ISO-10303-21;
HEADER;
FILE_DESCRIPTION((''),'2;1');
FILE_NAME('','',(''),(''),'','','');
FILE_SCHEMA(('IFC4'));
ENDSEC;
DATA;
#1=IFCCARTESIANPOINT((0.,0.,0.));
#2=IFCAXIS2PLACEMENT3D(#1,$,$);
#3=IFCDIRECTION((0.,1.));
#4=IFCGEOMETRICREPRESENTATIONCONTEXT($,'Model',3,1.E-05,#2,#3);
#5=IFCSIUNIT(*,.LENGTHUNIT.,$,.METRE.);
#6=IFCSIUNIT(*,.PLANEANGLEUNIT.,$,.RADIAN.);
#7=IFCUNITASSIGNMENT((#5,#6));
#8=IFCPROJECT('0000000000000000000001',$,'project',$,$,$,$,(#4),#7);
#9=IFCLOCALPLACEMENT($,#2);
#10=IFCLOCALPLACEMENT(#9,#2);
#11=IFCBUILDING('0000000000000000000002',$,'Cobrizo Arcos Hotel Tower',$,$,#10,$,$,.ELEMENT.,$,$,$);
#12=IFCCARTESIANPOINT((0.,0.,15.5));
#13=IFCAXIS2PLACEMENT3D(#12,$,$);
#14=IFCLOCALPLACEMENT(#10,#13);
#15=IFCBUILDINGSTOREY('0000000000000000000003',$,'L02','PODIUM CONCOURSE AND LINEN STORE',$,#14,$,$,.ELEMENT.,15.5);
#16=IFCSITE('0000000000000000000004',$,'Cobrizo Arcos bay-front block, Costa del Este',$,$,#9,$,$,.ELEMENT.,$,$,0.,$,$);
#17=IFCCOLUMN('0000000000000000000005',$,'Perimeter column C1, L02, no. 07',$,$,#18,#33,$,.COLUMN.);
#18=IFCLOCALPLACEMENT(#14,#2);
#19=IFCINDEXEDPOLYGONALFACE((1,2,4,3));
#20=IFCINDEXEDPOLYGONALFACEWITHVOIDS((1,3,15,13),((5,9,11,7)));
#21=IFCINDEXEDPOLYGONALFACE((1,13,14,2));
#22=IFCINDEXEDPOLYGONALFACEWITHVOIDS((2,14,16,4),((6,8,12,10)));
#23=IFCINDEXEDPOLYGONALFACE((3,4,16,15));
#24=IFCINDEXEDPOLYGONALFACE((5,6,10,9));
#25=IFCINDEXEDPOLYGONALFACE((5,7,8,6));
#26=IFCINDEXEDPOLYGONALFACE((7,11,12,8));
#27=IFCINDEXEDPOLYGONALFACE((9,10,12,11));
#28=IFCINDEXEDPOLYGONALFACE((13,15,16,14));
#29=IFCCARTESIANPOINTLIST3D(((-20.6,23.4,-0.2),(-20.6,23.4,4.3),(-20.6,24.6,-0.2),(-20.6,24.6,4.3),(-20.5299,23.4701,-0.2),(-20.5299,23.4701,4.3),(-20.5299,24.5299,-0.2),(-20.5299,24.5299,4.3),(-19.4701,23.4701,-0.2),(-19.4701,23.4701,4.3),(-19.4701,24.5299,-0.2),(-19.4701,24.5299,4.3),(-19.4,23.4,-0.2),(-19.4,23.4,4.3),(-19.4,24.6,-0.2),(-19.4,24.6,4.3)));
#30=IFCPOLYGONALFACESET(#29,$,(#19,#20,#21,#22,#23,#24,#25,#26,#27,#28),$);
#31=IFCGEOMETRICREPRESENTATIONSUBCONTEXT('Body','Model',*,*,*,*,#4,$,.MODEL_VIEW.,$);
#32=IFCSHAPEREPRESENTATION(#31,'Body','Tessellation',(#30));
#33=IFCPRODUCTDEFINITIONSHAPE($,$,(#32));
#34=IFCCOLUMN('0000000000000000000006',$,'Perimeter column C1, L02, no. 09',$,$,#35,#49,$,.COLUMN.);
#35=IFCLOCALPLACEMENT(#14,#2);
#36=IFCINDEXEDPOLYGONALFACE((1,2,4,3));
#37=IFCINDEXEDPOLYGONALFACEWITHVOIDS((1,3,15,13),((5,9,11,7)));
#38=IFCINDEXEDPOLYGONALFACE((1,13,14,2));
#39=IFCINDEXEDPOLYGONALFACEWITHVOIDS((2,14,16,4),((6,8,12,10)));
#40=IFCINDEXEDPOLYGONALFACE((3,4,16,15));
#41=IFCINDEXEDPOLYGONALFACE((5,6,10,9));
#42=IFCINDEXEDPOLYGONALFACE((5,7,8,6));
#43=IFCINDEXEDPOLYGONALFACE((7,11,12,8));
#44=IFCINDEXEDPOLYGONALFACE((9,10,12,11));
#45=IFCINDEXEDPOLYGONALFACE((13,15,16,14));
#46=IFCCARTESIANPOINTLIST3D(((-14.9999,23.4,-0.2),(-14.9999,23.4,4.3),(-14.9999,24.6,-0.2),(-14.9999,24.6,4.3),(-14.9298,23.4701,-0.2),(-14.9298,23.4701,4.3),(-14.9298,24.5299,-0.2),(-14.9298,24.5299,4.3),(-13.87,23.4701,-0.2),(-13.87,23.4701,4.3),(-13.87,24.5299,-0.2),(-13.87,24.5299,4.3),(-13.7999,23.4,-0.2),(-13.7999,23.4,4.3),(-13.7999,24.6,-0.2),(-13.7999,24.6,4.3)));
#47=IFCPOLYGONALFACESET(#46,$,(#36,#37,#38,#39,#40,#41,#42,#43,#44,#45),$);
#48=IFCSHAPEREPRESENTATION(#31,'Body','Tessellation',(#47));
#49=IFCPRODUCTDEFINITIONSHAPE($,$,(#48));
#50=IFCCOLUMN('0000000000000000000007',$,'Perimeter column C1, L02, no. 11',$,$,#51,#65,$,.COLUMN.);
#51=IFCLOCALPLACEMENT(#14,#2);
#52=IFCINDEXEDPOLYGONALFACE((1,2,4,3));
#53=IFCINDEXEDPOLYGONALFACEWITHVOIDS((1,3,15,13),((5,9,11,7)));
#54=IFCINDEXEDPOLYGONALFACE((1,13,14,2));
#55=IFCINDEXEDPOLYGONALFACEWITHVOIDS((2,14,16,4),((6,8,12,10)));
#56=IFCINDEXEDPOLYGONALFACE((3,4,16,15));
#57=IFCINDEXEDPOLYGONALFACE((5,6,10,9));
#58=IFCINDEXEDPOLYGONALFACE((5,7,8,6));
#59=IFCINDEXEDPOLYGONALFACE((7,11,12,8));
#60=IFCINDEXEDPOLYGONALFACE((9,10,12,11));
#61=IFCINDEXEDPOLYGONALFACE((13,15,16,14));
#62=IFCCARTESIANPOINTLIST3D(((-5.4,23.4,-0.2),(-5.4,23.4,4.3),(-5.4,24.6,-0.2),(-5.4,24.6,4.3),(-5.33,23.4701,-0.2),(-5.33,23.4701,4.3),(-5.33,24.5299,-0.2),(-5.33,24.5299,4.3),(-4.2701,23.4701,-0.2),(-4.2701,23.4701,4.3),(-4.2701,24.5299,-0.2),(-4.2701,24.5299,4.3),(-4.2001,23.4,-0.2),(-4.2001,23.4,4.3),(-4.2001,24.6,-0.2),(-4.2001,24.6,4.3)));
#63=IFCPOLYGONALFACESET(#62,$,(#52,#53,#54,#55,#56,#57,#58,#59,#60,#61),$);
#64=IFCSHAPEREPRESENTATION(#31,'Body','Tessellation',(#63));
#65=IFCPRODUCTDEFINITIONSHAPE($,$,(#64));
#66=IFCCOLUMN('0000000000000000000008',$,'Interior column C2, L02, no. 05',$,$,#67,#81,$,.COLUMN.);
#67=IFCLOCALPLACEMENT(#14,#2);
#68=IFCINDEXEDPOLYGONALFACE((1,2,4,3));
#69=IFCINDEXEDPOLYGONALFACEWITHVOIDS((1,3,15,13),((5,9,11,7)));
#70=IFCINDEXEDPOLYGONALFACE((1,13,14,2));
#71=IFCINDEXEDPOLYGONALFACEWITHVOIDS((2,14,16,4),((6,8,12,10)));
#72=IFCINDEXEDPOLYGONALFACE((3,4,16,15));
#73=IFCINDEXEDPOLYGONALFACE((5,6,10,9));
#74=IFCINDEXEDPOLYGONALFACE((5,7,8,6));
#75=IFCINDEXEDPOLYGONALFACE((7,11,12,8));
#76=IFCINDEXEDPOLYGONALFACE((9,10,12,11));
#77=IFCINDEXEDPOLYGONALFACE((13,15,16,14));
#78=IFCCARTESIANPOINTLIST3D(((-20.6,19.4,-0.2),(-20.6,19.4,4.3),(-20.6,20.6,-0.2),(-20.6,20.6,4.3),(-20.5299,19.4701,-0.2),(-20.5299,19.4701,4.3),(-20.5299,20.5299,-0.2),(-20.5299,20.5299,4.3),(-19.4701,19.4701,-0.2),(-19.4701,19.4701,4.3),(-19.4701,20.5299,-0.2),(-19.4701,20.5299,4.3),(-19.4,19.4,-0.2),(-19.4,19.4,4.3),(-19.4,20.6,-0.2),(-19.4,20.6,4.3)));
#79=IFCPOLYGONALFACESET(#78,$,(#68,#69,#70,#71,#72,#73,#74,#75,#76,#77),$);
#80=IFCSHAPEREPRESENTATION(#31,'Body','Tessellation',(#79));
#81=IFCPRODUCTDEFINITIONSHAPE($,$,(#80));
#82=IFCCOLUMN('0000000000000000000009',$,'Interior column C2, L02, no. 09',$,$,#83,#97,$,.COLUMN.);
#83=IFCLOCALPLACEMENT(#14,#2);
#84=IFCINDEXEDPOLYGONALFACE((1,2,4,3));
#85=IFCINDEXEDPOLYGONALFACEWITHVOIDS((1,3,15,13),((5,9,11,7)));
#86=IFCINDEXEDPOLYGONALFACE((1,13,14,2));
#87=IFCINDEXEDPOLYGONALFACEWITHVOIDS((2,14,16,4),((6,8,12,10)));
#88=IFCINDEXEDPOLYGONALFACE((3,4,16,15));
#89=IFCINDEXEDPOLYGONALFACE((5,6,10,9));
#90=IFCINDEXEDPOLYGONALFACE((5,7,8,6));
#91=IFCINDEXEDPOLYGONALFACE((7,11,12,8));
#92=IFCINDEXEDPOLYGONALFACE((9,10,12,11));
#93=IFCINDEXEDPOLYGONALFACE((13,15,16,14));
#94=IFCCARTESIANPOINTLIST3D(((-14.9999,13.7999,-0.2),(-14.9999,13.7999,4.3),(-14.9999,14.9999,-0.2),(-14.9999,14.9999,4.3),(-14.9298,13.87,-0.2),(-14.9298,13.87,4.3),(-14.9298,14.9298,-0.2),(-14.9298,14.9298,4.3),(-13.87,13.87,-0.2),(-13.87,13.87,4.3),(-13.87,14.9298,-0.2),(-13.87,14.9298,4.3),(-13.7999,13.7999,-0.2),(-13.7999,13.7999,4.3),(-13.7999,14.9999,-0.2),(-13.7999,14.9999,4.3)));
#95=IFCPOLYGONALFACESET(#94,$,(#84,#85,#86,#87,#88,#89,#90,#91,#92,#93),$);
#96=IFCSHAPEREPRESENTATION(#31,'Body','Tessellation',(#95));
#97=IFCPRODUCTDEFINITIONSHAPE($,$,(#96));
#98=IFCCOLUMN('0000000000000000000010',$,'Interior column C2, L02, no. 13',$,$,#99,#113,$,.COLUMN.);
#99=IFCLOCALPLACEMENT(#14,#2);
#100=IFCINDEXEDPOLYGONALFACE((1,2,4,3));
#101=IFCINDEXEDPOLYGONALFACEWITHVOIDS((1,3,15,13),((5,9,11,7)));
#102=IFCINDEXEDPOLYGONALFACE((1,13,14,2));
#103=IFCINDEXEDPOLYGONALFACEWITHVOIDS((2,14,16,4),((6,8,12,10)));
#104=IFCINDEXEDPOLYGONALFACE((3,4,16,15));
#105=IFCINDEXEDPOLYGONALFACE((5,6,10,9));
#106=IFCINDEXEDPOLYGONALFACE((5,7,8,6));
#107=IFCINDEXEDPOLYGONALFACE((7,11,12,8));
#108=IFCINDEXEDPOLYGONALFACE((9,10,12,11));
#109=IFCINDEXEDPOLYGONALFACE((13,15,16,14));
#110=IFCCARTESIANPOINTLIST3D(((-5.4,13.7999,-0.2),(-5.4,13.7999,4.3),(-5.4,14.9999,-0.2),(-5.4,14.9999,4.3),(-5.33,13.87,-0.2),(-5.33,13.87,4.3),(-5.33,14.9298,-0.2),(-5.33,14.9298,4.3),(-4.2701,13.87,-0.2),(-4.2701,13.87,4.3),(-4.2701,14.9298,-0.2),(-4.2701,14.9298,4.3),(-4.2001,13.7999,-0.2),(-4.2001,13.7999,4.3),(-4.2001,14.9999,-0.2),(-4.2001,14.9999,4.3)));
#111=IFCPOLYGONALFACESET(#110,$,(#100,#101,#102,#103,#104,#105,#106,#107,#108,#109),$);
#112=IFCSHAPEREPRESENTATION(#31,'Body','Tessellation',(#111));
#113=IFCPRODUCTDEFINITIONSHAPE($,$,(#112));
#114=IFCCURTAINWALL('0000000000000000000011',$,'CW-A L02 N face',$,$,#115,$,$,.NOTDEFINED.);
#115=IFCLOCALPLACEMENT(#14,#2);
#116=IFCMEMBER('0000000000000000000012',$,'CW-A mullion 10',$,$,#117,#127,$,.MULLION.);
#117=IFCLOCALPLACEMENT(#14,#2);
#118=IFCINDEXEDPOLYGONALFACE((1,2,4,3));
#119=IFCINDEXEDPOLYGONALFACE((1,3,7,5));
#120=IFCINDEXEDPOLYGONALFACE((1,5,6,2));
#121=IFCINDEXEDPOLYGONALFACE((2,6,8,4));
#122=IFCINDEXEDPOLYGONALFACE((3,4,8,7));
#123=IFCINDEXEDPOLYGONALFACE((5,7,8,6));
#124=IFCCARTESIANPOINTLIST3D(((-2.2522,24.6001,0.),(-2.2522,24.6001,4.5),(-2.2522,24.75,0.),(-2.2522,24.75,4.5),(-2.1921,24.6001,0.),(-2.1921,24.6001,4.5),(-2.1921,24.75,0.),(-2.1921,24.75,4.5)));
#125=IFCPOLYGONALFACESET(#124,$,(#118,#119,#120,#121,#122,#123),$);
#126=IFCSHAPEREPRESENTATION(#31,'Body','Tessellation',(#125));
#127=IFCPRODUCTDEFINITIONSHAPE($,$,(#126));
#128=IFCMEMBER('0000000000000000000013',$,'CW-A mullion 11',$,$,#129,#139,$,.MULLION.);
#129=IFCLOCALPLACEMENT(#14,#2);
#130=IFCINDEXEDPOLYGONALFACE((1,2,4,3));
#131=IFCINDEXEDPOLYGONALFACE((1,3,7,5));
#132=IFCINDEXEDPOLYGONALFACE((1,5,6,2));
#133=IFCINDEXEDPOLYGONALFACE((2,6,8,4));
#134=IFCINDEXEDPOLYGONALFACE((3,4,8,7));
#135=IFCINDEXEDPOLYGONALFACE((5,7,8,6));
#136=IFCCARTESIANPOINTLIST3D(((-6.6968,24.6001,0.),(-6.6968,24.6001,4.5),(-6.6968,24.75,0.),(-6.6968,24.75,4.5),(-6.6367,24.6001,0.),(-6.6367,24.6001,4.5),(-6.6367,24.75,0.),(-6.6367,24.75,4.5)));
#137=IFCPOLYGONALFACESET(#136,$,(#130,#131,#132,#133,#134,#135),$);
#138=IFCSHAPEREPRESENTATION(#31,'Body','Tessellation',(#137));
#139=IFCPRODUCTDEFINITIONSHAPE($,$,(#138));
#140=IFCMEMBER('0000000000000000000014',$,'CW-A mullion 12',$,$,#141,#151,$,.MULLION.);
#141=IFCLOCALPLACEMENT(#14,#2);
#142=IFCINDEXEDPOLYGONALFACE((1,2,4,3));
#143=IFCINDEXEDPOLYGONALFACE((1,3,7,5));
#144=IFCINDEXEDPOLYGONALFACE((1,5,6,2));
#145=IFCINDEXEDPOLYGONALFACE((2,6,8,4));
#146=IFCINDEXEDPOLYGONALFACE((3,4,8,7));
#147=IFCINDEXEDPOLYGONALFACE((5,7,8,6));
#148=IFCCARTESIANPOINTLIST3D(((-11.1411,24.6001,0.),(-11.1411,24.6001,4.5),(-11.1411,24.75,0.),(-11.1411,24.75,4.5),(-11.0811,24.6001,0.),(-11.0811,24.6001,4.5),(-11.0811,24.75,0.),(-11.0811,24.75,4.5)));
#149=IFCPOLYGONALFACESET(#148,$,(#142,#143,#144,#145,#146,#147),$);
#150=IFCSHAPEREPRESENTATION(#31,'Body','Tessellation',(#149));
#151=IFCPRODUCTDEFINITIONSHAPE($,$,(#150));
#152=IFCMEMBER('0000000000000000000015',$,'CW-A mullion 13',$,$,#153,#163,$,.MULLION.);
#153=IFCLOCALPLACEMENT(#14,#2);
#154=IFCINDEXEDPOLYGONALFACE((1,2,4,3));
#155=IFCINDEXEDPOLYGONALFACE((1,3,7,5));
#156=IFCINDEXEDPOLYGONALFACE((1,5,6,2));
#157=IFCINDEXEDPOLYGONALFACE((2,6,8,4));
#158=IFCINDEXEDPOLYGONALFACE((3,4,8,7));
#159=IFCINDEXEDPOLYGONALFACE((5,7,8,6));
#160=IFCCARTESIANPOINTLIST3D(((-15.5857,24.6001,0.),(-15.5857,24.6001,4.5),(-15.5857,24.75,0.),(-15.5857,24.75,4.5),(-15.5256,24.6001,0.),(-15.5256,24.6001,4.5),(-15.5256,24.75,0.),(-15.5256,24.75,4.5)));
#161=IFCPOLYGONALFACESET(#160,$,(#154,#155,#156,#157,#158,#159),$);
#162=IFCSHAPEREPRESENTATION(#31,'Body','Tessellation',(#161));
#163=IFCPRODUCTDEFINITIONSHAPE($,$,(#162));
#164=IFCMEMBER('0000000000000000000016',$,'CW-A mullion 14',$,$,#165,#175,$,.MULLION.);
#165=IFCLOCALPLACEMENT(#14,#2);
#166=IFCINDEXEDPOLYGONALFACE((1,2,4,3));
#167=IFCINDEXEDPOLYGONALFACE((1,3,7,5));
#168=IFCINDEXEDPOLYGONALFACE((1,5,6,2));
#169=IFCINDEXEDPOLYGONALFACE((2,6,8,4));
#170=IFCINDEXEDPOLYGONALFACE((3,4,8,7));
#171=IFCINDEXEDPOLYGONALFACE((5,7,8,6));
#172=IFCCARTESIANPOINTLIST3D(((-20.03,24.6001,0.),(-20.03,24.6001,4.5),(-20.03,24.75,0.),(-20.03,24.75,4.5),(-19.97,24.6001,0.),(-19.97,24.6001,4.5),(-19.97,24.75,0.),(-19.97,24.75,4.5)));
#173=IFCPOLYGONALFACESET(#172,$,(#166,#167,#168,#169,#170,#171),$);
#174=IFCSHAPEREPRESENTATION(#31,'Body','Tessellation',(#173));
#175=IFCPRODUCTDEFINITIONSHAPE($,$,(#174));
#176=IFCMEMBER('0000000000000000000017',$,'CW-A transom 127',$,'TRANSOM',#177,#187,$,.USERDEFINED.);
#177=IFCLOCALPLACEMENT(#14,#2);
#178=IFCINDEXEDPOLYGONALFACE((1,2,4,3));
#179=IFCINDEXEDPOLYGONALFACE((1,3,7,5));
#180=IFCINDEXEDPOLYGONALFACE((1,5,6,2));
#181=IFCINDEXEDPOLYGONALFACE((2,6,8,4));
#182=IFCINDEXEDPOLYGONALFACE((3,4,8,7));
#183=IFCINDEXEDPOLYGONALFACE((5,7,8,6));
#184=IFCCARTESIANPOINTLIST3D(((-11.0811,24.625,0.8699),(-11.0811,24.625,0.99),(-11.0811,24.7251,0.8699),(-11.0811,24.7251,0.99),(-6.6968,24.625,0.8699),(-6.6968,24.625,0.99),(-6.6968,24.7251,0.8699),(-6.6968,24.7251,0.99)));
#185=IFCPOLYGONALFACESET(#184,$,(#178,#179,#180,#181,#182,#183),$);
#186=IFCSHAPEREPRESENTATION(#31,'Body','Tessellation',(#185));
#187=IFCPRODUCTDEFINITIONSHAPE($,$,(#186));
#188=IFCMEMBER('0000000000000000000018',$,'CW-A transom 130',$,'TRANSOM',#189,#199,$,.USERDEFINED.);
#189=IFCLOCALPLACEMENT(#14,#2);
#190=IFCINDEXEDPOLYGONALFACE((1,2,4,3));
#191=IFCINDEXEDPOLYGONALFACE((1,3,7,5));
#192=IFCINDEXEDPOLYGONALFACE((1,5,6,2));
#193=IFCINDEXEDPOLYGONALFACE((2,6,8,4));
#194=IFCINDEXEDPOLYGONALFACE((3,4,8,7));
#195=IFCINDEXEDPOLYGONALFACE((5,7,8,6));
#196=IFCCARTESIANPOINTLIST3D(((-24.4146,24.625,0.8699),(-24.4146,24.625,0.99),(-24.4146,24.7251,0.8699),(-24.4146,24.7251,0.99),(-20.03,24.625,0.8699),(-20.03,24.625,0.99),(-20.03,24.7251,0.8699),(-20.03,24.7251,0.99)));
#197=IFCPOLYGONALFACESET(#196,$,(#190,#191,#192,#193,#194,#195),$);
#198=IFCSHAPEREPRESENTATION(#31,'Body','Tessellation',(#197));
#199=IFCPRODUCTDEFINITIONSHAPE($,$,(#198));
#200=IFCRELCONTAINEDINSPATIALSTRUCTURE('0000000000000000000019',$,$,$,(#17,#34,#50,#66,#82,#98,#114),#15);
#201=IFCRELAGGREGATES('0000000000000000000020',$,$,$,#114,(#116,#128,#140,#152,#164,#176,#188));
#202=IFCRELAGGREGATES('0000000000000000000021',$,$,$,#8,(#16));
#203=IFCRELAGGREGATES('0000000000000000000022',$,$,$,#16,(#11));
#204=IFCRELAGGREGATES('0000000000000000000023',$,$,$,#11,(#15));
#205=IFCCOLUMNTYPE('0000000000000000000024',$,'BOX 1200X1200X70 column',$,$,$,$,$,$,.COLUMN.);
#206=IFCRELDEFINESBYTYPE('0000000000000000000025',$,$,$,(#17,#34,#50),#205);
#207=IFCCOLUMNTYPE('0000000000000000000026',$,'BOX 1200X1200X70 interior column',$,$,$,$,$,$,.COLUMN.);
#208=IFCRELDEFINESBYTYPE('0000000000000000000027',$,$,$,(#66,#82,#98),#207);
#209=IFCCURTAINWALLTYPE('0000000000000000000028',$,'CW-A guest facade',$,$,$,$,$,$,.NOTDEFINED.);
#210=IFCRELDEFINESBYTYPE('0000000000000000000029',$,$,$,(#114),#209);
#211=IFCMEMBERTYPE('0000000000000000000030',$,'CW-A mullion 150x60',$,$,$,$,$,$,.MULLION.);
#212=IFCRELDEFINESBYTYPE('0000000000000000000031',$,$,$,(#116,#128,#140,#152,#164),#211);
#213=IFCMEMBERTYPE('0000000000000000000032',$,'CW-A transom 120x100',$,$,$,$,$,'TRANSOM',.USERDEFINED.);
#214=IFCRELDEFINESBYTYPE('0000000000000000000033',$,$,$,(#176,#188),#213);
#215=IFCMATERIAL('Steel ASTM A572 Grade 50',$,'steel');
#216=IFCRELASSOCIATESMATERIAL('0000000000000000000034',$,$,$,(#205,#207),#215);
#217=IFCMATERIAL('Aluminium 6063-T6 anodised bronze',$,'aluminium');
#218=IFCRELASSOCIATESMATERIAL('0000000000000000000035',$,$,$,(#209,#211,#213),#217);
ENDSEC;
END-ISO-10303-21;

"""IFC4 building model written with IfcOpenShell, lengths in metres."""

from ifc_helpers import new_model, si_unit, direction, frame, origin, origin_2d, place, context, subcontext, project, spatial, rectangle, hollow_rectangle, extrude, material, material_profile, profile_set, type_object, element, aggregate, save


model = new_model("IFC4")

# Units and contexts
model_context = context("Model", 3, precision=1e-05, world=origin(), true_north=direction((0.0, 1.0)))
body_context = subcontext(model_context, "Body", "Model", "MODEL_VIEW")
ifc_project = project(units=[si_unit("LENGTHUNIT", "METRE"), si_unit("PLANEANGLEUNIT", "RADIAN")], contexts=[model_context])

# Site, building, storey
site_placement = place(None, origin())
site = spatial("IfcSite", under=ifc_project, at=site_placement, Name="Cobrizo Arcos bay-front block, Costa del Este", CompositionType="ELEMENT", RefElevation=0.0)
building_placement = place(site_placement, origin())
building = spatial("IfcBuilding", under=site, at=building_placement, Name="Cobrizo Arcos Hotel Tower", CompositionType="ELEMENT")
storey_placement = place(building_placement, frame((0.0, 0.0, 15.5)))
storey = spatial("IfcBuildingStorey", under=building, at=storey_placement, Name="L02", Description="PODIUM CONCOURSE AND LINEN STORE", CompositionType="ELEMENT", Elevation=15.5)

# Columns
ifc_material_1 = material(Name="Steel ASTM A572 Grade 50", Category="steel")
ifc_material_profile_1 = material_profile(ifc_material_1, hollow_rectangle(XDim=1.2, YDim=1.2, WallThickness=0.0701, at=origin_2d()), Name="BOX 1200X1200X70")
ifc_profile_set_1 = profile_set([ifc_material_profile_1], Name="Steel ASTM A572 Grade 50")
column_type_1 = type_object("IfcColumnType", Name="BOX 1200X1200X70 column", PredefinedType="COLUMN", material=ifc_profile_set_1)
for number, where, z_axis, x_axis, name in (
    (1, (-20.0, 24.0, -0.2), (0.0, 0.0, 1.0), (1.0, 0.0, 0.0), "Perimeter column C1, L02, no. 07"),
    (2, (-14.3999, 24.0, -0.2), (0.0, 0.0, 1.0), (1.0, 0.0, 0.0), "Perimeter column C1, L02, no. 09"),
    (3, (-4.8, 24.0, -0.2), (0.0, 0.0, 1.0), (1.0, 0.0, 0.0), "Perimeter column C1, L02, no. 11"),
):
    element("IfcColumn", number, at=place(storey_placement, frame(where, z_axis=z_axis, x_axis=x_axis)), inside=storey, type_object=column_type_1, Name=name, PredefinedType="COLUMN", context=body_context, shape_type="SweptSolid", body=[
        extrude(hollow_rectangle(XDim=1.2, YDim=1.2, WallThickness=0.0701, at=origin_2d()), origin(), (0.0, 0.0, 1.0), 4.5),
    ])
ifc_material_profile_2 = material_profile(ifc_material_1, hollow_rectangle(XDim=1.2, YDim=1.2, WallThickness=0.0701, at=origin_2d()), Name="BOX 1200X1200X70")
ifc_profile_set_2 = profile_set([ifc_material_profile_2], Name="Steel ASTM A572 Grade 50")
column_type_2 = type_object("IfcColumnType", Name="BOX 1200X1200X70 interior column", PredefinedType="COLUMN", material=ifc_profile_set_2)
for number, where, z_axis, x_axis, name in (
    (4, (-20.0, 20.0, -0.2), (0.0, 0.0, 1.0), (1.0, 0.0, 0.0), "Interior column C2, L02, no. 05"),
    (5, (-14.3999, 14.3999, -0.2), (0.0, 0.0, 1.0), (1.0, 0.0, 0.0), "Interior column C2, L02, no. 09"),
    (6, (-4.8, 14.3999, -0.2), (0.0, 0.0, 1.0), (1.0, 0.0, 0.0), "Interior column C2, L02, no. 13"),
):
    element("IfcColumn", number, at=place(storey_placement, frame(where, z_axis=z_axis, x_axis=x_axis)), inside=storey, type_object=column_type_2, Name=name, PredefinedType="COLUMN", context=body_context, shape_type="SweptSolid", body=[
        extrude(hollow_rectangle(XDim=1.2, YDim=1.2, WallThickness=0.0701, at=origin_2d()), origin(), (0.0, 0.0, 1.0), 4.5),
    ])

# Curtain wall, members
ifc_material_2 = material(Name="Aluminium 6063-T6 anodised bronze", Category="aluminium")
curtain_wall_type = type_object("IfcCurtainWallType", Name="CW-A guest facade", PredefinedType="NOTDEFINED", material=ifc_material_2)
curtain_wall_placement = place(storey_placement, origin())
curtain_wall = element("IfcCurtainWall", 7, at=curtain_wall_placement, inside=storey, type_object=curtain_wall_type, Name="CW-A L02 N face", PredefinedType="NOTDEFINED")
ifc_material_profile_3 = material_profile(ifc_material_2, rectangle(XDim=0.1499, YDim=0.0601, at=origin_2d()), Name="CW-A mullion 150x60")
ifc_profile_set_3 = profile_set([ifc_material_profile_3], Name="Aluminium 6063-T6 anodised bronze")
member_type_1 = type_object("IfcMemberType", Name="CW-A mullion 150x60", PredefinedType="MULLION", material=ifc_profile_set_3)
member_1_placement = place(storey_placement, frame((-2.2222, 24.675, 0.0), z_axis=(0.0, 0.0, 1.0), x_axis=(0.0, 1.0, 0.0)))
member_1 = element("IfcMember", 8, at=member_1_placement, type_object=member_type_1, Name="CW-A mullion 10", PredefinedType="MULLION", context=body_context, shape_type="SweptSolid", body=[
    extrude(rectangle(XDim=0.1499, YDim=0.0601, at=origin_2d()), origin(), (0.0, 0.0, 1.0), 4.5),
])
member_2_placement = place(storey_placement, frame((-6.6667, 24.675, 0.0), z_axis=(0.0, 0.0, 1.0), x_axis=(0.0, 1.0, 0.0)))
member_2 = element("IfcMember", 9, at=member_2_placement, type_object=member_type_1, Name="CW-A mullion 11", PredefinedType="MULLION", context=body_context, shape_type="SweptSolid", body=[
    extrude(rectangle(XDim=0.1499, YDim=0.0601, at=origin_2d()), origin(), (0.0, 0.0, 1.0), 4.5),
])
member_3_placement = place(storey_placement, frame((-11.1111, 24.675, 0.0), z_axis=(0.0, 0.0, 1.0), x_axis=(0.0, 1.0, 0.0)))
member_3 = element("IfcMember", 10, at=member_3_placement, type_object=member_type_1, Name="CW-A mullion 12", PredefinedType="MULLION", context=body_context, shape_type="SweptSolid", body=[
    extrude(rectangle(XDim=0.1499, YDim=0.0601, at=origin_2d()), origin(), (0.0, 0.0, 1.0), 4.5),
])
member_4_placement = place(storey_placement, frame((-15.5557, 24.675, 0.0), z_axis=(0.0, 0.0, 1.0), x_axis=(0.0, 1.0, 0.0)))
member_4 = element("IfcMember", 11, at=member_4_placement, type_object=member_type_1, Name="CW-A mullion 13", PredefinedType="MULLION", context=body_context, shape_type="SweptSolid", body=[
    extrude(rectangle(XDim=0.1499, YDim=0.0601, at=origin_2d()), origin(), (0.0, 0.0, 1.0), 4.5),
])
member_5_placement = place(storey_placement, frame((-20.0, 24.675, 0.0), z_axis=(0.0, 0.0, 1.0), x_axis=(0.0, 1.0, 0.0)))
member_5 = element("IfcMember", 12, at=member_5_placement, type_object=member_type_1, Name="CW-A mullion 14", PredefinedType="MULLION", context=body_context, shape_type="SweptSolid", body=[
    extrude(rectangle(XDim=0.1499, YDim=0.0601, at=origin_2d()), origin(), (0.0, 0.0, 1.0), 4.5),
])
ifc_material_profile_4 = material_profile(ifc_material_2, rectangle(XDim=0.1001, YDim=0.1201, at=origin_2d()), Name="CW-A transom 120x100")
ifc_profile_set_4 = profile_set([ifc_material_profile_4], Name="Aluminium 6063-T6 anodised bronze")
member_type_2 = type_object("IfcMemberType", Name="CW-A transom 120x100", ElementType="TRANSOM", PredefinedType="USERDEFINED", material=ifc_profile_set_4)
member_6_placement = place(storey_placement, frame((-6.6968, 24.675, 0.9299), z_axis=(-1.0, 0.0, 0.0), x_axis=(0.0, -1.0, 0.0)))
member_6 = element("IfcMember", 13, at=member_6_placement, type_object=member_type_2, Name="CW-A transom 127", ObjectType="TRANSOM", PredefinedType="USERDEFINED", context=body_context, shape_type="SweptSolid", body=[
    extrude(rectangle(XDim=0.1001, YDim=0.1201, at=origin_2d()), origin(), (0.0, 0.0, 1.0), 4.3843),
])
member_7_placement = place(storey_placement, frame((-20.03, 24.675, 0.9299), z_axis=(-1.0, 0.0, 0.0), x_axis=(0.0, -1.0, 0.0)))
member_7 = element("IfcMember", 14, at=member_7_placement, type_object=member_type_2, Name="CW-A transom 130", ObjectType="TRANSOM", PredefinedType="USERDEFINED", context=body_context, shape_type="SweptSolid", body=[
    extrude(rectangle(XDim=0.1001, YDim=0.1201, at=origin_2d()), origin(), (0.0, 0.0, 1.0), 4.3845),
])

aggregate(curtain_wall, [member_1, member_2, member_3, member_4, member_5, member_6, member_7])

save(model, "model.ifc")
